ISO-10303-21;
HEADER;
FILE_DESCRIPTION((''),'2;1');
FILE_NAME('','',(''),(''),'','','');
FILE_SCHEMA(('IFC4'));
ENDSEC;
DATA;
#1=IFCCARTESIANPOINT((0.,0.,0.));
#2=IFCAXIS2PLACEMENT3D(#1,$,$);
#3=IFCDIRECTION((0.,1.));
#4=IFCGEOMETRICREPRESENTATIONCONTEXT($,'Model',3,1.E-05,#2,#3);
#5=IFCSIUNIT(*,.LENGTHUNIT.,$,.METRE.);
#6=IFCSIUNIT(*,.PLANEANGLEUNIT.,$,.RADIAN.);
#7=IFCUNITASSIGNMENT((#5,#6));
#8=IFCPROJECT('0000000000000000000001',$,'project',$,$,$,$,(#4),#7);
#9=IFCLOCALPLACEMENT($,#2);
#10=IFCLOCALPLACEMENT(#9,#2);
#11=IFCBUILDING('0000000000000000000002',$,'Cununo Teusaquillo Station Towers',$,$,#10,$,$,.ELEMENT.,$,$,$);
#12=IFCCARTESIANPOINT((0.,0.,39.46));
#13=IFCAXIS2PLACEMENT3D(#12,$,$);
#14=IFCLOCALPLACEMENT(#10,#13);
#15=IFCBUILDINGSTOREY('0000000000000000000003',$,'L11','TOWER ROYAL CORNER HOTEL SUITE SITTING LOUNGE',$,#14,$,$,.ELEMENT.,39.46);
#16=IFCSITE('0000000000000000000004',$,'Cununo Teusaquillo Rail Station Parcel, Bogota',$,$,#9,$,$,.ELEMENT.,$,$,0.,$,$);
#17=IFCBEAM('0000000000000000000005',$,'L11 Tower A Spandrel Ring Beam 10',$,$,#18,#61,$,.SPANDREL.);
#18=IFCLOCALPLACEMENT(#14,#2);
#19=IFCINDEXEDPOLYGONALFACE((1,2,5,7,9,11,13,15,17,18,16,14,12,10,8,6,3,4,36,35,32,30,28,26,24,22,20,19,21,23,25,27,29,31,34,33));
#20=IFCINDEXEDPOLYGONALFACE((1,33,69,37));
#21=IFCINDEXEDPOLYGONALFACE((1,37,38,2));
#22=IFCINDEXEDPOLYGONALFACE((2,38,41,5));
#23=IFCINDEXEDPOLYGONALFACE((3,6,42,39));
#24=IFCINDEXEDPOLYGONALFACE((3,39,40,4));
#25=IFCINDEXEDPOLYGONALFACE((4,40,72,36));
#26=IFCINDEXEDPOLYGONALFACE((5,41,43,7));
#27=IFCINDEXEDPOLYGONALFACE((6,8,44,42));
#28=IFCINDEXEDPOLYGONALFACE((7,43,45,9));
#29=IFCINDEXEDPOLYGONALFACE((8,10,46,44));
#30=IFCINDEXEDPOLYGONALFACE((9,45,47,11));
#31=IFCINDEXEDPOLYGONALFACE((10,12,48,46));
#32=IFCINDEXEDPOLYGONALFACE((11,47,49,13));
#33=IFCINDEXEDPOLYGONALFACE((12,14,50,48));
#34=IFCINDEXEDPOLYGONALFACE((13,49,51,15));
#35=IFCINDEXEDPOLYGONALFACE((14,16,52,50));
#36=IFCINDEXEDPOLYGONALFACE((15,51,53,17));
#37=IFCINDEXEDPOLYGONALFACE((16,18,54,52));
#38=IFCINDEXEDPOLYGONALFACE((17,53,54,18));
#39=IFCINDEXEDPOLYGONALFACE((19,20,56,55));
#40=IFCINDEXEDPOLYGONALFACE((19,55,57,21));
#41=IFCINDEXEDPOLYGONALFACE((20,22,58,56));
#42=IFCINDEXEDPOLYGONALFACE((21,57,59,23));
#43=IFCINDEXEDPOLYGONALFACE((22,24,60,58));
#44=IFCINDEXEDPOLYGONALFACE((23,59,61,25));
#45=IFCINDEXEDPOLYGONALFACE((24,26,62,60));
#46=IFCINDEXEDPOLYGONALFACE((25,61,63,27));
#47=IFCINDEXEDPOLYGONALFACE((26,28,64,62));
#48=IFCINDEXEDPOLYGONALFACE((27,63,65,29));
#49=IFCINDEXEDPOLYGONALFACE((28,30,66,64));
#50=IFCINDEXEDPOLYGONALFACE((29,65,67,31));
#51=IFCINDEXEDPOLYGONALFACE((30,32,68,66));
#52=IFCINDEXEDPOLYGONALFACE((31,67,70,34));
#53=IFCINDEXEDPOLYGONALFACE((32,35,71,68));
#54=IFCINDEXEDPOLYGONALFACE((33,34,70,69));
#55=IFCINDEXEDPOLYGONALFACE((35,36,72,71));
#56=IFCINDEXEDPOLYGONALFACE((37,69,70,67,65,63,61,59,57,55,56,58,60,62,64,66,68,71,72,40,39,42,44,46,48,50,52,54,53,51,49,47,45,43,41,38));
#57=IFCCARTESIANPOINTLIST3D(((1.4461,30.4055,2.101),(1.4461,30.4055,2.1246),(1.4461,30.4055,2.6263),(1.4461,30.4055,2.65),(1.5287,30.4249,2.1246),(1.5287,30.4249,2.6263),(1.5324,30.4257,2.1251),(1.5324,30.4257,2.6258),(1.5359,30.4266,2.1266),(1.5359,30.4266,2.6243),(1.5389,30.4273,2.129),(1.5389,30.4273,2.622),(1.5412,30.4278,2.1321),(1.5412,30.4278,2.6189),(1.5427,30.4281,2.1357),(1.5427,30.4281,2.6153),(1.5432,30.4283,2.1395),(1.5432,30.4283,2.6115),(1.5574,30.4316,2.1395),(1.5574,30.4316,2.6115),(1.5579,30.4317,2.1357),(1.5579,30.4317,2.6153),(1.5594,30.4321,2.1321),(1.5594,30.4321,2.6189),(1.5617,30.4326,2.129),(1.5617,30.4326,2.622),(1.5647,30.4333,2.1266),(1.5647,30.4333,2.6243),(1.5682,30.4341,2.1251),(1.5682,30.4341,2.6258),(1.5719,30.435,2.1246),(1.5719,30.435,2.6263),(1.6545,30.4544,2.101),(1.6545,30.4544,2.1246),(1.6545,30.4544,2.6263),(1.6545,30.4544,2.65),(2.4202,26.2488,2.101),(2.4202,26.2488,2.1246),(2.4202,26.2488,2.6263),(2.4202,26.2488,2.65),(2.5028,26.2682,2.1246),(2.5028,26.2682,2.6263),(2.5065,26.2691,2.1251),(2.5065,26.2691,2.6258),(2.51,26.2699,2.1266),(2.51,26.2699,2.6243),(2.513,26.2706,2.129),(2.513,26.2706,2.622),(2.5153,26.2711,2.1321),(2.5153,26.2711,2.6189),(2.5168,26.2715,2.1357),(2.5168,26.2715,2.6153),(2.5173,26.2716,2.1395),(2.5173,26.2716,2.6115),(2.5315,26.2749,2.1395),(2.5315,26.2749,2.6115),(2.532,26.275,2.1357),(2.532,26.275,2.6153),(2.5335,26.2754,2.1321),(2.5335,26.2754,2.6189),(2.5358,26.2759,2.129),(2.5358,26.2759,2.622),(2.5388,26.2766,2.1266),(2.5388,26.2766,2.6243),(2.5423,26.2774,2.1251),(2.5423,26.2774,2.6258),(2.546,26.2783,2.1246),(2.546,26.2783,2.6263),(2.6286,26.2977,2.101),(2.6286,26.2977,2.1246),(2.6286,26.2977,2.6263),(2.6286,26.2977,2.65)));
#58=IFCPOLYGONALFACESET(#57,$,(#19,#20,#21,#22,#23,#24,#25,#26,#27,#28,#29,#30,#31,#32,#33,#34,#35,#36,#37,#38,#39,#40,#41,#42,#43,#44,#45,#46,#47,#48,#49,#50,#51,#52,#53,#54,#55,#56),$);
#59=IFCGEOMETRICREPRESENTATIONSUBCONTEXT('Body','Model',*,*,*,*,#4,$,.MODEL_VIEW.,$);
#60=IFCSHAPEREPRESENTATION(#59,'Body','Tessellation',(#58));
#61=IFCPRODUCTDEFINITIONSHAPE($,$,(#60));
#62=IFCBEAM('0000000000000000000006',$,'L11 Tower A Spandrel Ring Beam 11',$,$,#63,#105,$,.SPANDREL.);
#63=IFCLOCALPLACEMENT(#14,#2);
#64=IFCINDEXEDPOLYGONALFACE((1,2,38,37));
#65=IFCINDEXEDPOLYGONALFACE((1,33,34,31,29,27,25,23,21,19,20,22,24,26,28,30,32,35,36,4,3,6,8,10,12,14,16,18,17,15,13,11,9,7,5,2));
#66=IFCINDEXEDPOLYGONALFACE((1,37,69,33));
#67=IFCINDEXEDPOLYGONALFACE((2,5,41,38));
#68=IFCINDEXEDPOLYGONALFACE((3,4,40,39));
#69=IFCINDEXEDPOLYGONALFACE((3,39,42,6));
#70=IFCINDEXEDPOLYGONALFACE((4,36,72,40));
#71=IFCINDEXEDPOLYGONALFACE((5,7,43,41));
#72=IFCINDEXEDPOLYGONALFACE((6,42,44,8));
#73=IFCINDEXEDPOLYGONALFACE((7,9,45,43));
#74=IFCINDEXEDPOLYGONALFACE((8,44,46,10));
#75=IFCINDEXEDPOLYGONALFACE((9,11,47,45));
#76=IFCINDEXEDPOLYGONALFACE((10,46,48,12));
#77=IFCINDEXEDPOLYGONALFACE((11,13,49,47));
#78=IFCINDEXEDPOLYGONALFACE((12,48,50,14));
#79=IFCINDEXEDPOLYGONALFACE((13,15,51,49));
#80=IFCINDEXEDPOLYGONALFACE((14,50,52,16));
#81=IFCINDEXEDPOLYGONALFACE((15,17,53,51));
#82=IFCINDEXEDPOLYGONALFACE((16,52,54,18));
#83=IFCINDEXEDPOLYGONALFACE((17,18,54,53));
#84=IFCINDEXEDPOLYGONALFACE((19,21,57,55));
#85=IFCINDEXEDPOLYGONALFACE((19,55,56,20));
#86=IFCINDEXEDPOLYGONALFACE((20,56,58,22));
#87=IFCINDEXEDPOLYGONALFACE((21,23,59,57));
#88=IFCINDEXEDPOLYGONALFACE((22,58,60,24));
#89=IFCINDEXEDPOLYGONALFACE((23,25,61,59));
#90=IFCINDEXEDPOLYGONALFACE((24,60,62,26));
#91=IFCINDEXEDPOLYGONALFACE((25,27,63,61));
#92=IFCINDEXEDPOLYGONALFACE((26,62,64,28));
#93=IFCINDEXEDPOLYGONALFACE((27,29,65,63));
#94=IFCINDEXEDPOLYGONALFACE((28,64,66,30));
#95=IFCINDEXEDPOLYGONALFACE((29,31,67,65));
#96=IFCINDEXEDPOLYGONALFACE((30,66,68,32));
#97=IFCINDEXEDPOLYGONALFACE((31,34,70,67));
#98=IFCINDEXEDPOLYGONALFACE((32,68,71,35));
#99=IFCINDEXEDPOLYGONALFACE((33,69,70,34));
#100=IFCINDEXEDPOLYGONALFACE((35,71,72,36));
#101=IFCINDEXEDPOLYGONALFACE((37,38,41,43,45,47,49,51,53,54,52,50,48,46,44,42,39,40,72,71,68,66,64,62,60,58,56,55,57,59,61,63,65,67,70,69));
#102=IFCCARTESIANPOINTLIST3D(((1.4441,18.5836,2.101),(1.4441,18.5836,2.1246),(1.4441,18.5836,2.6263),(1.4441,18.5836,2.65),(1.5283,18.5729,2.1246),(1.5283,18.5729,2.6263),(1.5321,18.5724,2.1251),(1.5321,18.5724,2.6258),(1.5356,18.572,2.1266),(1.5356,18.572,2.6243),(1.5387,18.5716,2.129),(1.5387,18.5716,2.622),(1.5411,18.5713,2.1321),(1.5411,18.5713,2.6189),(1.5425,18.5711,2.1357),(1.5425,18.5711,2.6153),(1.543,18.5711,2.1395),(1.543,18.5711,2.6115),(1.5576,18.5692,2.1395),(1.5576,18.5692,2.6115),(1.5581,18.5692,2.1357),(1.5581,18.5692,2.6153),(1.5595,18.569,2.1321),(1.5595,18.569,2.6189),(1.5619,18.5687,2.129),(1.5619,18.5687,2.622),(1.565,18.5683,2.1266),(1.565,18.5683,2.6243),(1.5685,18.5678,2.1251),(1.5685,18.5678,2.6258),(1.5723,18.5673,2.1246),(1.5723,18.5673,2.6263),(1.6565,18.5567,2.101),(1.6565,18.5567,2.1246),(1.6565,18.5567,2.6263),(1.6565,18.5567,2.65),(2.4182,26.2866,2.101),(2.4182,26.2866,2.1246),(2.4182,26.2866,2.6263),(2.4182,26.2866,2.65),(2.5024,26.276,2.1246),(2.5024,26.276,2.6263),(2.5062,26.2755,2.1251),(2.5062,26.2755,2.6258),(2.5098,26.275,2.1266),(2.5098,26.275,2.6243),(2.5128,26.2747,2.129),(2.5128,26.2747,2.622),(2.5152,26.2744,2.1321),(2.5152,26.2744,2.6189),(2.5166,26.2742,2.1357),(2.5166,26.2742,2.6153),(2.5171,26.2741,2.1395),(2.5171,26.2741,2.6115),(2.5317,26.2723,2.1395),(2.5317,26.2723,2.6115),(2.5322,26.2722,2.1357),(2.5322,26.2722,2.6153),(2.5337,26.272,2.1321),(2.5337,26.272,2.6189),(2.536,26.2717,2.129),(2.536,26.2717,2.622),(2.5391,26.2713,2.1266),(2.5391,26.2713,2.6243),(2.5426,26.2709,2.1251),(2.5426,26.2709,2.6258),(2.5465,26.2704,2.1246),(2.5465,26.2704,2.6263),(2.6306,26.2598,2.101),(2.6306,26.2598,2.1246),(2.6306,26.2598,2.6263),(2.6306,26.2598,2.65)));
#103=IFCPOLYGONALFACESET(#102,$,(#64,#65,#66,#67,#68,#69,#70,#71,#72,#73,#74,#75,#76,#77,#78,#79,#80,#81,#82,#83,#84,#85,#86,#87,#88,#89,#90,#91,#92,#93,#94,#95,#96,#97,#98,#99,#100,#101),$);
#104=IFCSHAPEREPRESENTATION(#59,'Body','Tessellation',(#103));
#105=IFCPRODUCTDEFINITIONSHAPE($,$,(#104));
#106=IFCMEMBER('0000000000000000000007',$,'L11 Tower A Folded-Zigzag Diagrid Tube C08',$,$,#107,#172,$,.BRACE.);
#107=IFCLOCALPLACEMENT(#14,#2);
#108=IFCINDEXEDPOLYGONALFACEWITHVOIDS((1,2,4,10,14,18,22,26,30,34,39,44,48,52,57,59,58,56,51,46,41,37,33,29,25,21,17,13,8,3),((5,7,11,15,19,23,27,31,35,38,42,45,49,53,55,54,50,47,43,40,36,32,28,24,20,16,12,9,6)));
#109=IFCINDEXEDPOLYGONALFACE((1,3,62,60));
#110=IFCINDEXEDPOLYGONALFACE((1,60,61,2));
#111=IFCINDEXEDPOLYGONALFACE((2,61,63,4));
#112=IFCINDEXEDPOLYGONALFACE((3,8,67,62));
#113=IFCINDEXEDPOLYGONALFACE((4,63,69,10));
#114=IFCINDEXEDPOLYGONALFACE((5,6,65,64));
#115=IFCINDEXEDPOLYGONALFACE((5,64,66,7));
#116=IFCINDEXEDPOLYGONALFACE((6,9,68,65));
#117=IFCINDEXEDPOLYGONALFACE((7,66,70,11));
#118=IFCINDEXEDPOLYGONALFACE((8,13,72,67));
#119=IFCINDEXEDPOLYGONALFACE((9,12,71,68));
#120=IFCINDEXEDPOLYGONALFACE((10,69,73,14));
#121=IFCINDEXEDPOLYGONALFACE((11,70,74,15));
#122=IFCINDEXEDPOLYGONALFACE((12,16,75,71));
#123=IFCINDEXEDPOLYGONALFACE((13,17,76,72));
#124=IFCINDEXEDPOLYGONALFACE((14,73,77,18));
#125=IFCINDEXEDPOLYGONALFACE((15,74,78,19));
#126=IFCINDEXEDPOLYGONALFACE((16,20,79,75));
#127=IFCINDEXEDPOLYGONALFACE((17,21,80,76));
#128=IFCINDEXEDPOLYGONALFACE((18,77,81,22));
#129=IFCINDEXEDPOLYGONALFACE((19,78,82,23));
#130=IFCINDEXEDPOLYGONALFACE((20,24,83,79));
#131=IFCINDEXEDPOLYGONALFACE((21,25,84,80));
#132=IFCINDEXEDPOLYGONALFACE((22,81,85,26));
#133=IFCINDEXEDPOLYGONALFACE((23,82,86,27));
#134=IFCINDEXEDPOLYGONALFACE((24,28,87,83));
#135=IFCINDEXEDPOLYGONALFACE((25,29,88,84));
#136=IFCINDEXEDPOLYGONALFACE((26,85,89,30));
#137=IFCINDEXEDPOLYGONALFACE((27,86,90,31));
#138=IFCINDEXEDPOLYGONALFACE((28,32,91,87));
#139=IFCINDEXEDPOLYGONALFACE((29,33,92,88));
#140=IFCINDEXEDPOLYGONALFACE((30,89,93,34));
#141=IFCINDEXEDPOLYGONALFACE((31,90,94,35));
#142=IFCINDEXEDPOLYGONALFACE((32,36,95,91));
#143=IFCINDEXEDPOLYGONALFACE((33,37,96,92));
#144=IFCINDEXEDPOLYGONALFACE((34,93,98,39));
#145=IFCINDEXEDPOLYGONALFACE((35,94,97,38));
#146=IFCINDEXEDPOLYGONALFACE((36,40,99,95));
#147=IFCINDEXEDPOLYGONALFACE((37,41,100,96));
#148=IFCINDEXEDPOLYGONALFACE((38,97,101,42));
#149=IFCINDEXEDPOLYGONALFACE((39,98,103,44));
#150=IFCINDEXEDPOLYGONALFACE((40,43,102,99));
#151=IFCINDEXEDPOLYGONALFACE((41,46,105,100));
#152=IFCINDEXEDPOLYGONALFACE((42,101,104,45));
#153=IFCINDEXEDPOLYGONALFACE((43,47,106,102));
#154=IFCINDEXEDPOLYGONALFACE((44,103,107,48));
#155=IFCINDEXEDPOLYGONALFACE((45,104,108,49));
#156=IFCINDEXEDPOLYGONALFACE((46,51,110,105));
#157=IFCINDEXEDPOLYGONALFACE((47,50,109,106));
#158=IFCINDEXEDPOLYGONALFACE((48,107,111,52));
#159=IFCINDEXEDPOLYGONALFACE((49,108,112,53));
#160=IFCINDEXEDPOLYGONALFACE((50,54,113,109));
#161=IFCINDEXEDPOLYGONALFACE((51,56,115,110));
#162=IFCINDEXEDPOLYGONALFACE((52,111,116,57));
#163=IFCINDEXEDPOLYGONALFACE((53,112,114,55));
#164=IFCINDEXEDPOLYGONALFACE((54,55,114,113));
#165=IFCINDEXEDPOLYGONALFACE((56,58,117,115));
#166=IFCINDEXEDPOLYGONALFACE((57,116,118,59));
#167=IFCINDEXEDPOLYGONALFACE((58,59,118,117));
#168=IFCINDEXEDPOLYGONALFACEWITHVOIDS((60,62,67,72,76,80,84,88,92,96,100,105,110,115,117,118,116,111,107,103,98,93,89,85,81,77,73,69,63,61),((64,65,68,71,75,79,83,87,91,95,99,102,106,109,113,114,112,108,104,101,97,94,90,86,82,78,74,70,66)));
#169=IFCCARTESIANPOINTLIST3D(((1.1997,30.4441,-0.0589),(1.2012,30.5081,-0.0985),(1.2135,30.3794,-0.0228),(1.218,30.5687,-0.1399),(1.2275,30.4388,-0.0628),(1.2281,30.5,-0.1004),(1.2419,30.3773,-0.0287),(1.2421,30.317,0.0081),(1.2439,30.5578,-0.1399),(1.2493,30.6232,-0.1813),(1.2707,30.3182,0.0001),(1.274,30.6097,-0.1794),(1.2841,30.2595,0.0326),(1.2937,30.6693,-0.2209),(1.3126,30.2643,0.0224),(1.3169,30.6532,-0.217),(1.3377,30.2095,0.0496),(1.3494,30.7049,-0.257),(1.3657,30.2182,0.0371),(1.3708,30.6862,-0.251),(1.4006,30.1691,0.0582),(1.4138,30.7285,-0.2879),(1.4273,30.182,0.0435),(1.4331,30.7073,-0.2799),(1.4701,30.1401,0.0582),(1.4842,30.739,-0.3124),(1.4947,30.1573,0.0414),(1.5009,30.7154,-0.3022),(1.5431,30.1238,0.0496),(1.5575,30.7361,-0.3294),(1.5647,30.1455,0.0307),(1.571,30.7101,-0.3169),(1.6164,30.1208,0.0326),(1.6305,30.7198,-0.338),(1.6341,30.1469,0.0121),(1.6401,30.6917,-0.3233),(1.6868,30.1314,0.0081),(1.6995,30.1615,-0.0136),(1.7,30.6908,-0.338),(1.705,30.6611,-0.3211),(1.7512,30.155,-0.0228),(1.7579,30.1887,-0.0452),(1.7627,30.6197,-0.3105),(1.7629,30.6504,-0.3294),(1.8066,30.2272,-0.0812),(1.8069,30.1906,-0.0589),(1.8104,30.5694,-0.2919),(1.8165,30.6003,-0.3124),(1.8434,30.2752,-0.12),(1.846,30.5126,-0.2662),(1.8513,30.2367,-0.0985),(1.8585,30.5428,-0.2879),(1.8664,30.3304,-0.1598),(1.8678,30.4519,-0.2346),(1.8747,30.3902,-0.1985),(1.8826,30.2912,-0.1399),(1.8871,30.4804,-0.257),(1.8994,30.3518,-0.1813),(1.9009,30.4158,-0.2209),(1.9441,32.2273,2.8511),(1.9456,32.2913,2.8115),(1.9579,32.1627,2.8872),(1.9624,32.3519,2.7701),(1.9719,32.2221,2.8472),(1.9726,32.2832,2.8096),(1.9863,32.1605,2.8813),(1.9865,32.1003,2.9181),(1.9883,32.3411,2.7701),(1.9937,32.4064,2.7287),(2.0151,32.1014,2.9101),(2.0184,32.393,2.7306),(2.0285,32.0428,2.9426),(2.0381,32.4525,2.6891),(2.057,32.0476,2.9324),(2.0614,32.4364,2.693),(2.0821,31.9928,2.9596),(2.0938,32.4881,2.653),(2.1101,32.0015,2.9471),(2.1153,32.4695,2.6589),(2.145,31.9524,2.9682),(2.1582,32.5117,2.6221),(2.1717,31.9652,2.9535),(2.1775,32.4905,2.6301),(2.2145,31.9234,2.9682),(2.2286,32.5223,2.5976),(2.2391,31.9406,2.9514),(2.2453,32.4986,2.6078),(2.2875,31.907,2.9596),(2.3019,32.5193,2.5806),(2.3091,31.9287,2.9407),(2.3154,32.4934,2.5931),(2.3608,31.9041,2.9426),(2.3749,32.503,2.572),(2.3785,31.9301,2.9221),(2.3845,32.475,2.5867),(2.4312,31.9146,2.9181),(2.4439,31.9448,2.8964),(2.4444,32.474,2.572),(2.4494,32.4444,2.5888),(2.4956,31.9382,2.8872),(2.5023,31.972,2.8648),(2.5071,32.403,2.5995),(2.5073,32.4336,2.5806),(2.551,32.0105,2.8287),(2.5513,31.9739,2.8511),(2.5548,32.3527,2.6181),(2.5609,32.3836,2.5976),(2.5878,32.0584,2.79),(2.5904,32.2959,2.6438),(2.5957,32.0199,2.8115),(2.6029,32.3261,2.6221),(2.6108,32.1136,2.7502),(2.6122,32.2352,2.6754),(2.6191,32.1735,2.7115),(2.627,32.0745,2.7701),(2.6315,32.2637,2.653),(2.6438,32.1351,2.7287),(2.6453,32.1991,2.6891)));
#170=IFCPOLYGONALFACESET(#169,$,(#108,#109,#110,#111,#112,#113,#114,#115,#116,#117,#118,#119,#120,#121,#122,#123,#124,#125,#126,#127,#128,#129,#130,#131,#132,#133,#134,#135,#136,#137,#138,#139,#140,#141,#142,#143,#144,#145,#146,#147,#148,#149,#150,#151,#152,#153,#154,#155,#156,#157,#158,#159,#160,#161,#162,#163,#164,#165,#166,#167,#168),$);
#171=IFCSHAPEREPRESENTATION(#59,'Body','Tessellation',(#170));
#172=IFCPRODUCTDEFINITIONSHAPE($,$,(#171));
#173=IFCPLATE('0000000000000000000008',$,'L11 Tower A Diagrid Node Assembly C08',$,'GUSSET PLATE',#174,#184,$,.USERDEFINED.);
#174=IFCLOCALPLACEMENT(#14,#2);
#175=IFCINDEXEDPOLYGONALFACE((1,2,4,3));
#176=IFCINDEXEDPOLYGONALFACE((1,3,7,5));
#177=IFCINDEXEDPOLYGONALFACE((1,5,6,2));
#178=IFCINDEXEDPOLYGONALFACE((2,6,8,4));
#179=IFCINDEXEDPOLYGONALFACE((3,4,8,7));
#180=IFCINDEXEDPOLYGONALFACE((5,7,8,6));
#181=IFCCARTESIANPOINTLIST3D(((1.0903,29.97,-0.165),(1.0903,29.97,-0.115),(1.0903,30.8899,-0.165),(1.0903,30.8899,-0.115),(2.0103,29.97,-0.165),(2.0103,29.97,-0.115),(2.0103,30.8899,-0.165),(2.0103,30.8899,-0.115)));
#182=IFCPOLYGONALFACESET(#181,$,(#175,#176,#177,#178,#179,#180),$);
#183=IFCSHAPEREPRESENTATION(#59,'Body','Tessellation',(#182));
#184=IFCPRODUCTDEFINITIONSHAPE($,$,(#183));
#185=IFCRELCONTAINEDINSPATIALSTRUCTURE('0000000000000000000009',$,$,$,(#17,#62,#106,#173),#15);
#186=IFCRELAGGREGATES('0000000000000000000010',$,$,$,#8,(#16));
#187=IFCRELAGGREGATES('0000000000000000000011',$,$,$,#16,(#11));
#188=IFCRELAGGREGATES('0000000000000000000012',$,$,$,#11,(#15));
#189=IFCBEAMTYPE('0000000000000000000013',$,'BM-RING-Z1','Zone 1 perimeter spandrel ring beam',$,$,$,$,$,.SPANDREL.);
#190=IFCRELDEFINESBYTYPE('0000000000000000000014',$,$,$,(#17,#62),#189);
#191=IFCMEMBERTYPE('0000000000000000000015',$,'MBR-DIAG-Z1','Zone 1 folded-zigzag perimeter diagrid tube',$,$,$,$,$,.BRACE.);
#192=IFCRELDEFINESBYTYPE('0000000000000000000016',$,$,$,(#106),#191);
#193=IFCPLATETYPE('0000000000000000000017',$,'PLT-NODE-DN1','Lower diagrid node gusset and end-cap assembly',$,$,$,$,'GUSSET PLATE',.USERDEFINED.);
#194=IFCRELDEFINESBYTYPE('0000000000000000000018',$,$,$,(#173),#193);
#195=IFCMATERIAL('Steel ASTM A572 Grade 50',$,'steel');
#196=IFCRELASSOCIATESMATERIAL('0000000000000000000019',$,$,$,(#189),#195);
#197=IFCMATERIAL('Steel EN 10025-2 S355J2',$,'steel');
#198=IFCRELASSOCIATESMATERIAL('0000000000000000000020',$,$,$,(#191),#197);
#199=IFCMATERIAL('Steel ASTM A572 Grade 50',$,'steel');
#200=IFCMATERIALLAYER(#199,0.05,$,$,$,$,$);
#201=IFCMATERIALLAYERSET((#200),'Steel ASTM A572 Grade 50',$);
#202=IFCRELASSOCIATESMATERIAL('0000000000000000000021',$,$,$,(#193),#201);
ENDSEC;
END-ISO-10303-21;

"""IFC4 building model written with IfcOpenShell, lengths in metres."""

from ifc_helpers import new_model, si_unit, direction, frame, origin, origin_2d, place, context, subcontext, project, spatial, rectangle, hollow_circle, i_section, extrude, source, transform, mapped, material, layer, layer_set, material_profile, profile_set, type_object, element, save


model = new_model("IFC4")

# Units and contexts
model_context = context("Model", 3, precision=1e-05, world=origin(), true_north=direction((0.0, 1.0)))
body_context = subcontext(model_context, "Body", "Model", "MODEL_VIEW")
ifc_project = project(units=[si_unit("LENGTHUNIT", "METRE"), si_unit("PLANEANGLEUNIT", "RADIAN")], contexts=[model_context])

# Site, building, storey
site_placement = place(None, origin())
site = spatial("IfcSite", under=ifc_project, at=site_placement, Name="Cununo Teusaquillo Rail Station Parcel, Bogota", CompositionType="ELEMENT", RefElevation=0.0)
building_placement = place(site_placement, origin())
building = spatial("IfcBuilding", under=site, at=building_placement, Name="Cununo Teusaquillo Station Towers", CompositionType="ELEMENT")
storey_placement = place(building_placement, frame((0.0, 0.0, 39.46)))
storey = spatial("IfcBuildingStorey", under=building, at=storey_placement, Name="L11", Description="TOWER ROYAL CORNER HOTEL SUITE SITTING LOUNGE", CompositionType="ELEMENT", Elevation=39.46)

# Beams
ifc_material_1 = material(Name="Steel ASTM A572 Grade 50", Category="steel")
ifc_material_profile_1 = material_profile(ifc_material_1, i_section(OverallWidth=0.2141, OverallDepth=0.5491, WebThickness=0.0146, FlangeThickness=0.0237, FilletRadius=0.0149, at=origin_2d()), Name="W21X93")
ifc_profile_set_1 = profile_set([ifc_material_profile_1], Name="Steel ASTM A572 Grade 50")
beam_type_1 = type_object("IfcBeamType", Name="BM-RING-Z1", Description="Zone 1 perimeter spandrel ring beam", PredefinedType="SPANDREL", material=ifc_profile_set_1)
beam_1_placement = place(storey_placement, frame((1.5503, 30.4299, 2.3755), z_axis=(0.228166, -0.973622, 0.0), x_axis=(0.973622, 0.228166, 0.0)))
element("IfcBeam", 1, at=beam_1_placement, inside=storey, type_object=beam_type_1, Name="L11 Tower A Spandrel Ring Beam 10", PredefinedType="SPANDREL", context=body_context, shape_type="SweptSolid", body=[
    extrude(i_section(OverallWidth=0.2141, OverallDepth=0.5491, WebThickness=0.0146, FlangeThickness=0.0237, FilletRadius=0.0149, at=origin_2d()), origin(), (0.0, 0.0, 1.0), 4.2693),
])
beam_2_placement = place(storey_placement, frame((2.5244, 26.2732, 2.3755), z_axis=(-0.125459, -0.992099, 0.0), x_axis=(0.992099, -0.125459, 0.0)))
element("IfcBeam", 2, at=beam_2_placement, inside=storey, type_object=beam_type_1, Name="L11 Tower A Spandrel Ring Beam 11", PredefinedType="SPANDREL", context=body_context, shape_type="SweptSolid", body=[
    extrude(i_section(OverallWidth=0.2141, OverallDepth=0.5491, WebThickness=0.0146, FlangeThickness=0.0237, FilletRadius=0.0149, at=origin_2d()), origin(), (0.0, 0.0, 1.0), 7.7644),
])

# Member
ifc_material_2 = material(Name="Steel EN 10025-2 S355J2", Category="steel")
ifc_material_profile_2 = material_profile(ifc_material_2, hollow_circle(Radius=0.3601, WallThickness=0.0281, at=origin_2d()), Name="CHS 720x28")
ifc_profile_set_2 = profile_set([ifc_material_profile_2], Name="Steel EN 10025-2 S355J2")
member_type = type_object("IfcMemberType", Name="MBR-DIAG-Z1", Description="Zone 1 folded-zigzag perimeter diagrid tube", PredefinedType="BRACE", material=ifc_profile_set_2)
member_placement = place(storey_placement, frame((1.5503, 30.4299, -0.1399), z_axis=(0.213104, 0.510498, 0.833054), x_axis=(-0.922823, 0.385225, 0.0)))
element("IfcMember", 3, at=member_placement, inside=storey, type_object=member_type, Name="L11 Tower A Folded-Zigzag Diagrid Tube C08", PredefinedType="BRACE", context=body_context, shape_type="SweptSolid", body=[
    extrude(hollow_circle(Radius=0.3601, WallThickness=0.0281, at=origin_2d()), origin(), (0.0, 0.0, 1.0), 3.4932),
])

# Plate
ifc_material_3 = material(Name="Steel ASTM A572 Grade 50", Category="steel")
ifc_layer_1 = layer(ifc_material_3, 0.05)
ifc_layer_set_1 = layer_set([ifc_layer_1], Name="Steel ASTM A572 Grade 50")
plate_type = type_object("IfcPlateType", Name="PLT-NODE-DN1", Description="Lower diagrid node gusset and end-cap assembly", ElementType="GUSSET PLATE", PredefinedType="USERDEFINED", material=ifc_layer_set_1)
shared_shape_1 = source(origin(), body_context, "Body", "SweptSolid", [
    extrude(rectangle(XDim=0.9199, YDim=0.9199, at=origin_2d()), origin(), (0.0, 0.0, 1.0), 0.05),
])
plate_placement = place(storey_placement, frame((1.5503, 30.4299, -0.165), z_axis=(0.0, 0.0, 1.0), x_axis=(1.0, 0.0, 0.0)))
element("IfcPlate", 4, at=plate_placement, inside=storey, type_object=plate_type, Name="L11 Tower A Diagrid Node Assembly C08", ObjectType="GUSSET PLATE", PredefinedType="USERDEFINED", context=body_context, shape_type="MappedRepresentation", body=[
    mapped(shared_shape_1, transform((0.0, 0.0, 0.0), x_axis=(1.0, 0.0, 0.0), y_axis=(0.0, 1.0, 0.0), z_axis=(0.0, 0.0, 1.0), scale=1.0)),
])

save(model, "model.ifc")
